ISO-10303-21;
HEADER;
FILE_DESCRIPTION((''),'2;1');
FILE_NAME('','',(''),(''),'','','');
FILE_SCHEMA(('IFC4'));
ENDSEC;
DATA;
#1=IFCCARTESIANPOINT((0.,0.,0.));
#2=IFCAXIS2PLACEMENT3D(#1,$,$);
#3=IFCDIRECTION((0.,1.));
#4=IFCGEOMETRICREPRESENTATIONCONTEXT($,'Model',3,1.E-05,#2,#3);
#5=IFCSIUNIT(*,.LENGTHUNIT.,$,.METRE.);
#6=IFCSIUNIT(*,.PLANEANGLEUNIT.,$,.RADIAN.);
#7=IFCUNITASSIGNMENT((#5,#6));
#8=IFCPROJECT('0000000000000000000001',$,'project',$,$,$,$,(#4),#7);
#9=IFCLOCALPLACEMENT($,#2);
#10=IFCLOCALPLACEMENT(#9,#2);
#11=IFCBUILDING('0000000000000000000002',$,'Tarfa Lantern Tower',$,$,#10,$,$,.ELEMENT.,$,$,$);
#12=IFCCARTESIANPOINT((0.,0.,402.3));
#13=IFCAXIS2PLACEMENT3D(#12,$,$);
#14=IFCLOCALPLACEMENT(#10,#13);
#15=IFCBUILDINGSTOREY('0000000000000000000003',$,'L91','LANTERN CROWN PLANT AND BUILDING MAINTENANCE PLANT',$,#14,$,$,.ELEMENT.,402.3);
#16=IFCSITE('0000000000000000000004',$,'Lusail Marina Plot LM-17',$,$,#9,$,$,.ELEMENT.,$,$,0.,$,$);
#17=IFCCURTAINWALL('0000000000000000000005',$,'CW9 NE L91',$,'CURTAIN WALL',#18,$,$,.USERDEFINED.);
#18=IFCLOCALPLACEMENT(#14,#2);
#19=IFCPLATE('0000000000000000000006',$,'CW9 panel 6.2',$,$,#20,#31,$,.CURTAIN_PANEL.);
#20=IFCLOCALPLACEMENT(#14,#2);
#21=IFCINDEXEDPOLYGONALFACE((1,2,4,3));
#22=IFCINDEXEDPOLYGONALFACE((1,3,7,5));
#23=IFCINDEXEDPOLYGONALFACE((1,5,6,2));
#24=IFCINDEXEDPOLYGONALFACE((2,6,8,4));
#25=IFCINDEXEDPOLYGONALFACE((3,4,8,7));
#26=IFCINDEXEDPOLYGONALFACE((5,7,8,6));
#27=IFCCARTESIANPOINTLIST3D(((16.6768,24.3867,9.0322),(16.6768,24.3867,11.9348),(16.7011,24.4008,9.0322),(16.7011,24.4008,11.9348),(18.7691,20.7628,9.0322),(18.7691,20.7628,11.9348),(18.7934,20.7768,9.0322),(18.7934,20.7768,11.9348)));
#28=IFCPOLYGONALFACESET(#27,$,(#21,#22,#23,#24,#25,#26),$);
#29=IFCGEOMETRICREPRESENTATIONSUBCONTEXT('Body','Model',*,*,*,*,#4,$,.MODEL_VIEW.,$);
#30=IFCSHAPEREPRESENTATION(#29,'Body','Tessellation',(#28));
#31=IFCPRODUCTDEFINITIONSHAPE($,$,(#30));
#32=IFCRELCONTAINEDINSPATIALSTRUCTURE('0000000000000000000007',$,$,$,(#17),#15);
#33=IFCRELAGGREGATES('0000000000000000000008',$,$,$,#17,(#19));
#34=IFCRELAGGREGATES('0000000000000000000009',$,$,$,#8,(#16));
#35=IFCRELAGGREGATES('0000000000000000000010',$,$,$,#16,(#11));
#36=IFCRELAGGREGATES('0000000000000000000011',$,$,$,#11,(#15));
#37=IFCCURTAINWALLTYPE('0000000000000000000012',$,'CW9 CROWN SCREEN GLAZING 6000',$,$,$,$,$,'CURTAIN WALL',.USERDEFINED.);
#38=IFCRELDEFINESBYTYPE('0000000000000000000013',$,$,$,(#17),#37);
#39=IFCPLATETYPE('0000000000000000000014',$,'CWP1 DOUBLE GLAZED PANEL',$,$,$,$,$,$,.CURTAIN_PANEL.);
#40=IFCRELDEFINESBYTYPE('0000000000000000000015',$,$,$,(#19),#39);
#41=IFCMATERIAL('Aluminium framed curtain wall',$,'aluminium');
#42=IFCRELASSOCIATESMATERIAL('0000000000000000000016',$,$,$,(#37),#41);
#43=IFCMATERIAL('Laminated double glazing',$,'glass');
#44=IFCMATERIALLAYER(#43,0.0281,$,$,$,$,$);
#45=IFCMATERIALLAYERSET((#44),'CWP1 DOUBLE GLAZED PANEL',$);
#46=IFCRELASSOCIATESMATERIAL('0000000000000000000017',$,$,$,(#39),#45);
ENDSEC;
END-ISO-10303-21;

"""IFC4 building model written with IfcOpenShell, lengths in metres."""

from ifc_helpers import new_model, si_unit, direction, frame, origin, origin_2d, place, context, subcontext, project, spatial, rectangle, extrude, material, layer, layer_set, type_object, element, aggregate, save


model = new_model("IFC4")

# Units and contexts
model_context = context("Model", 3, precision=1e-05, world=origin(), true_north=direction((0.0, 1.0)))
body_context = subcontext(model_context, "Body", "Model", "MODEL_VIEW")
ifc_project = project(units=[si_unit("LENGTHUNIT", "METRE"), si_unit("PLANEANGLEUNIT", "RADIAN")], contexts=[model_context])

# Site, building, storey
site_placement = place(None, origin())
site = spatial("IfcSite", under=ifc_project, at=site_placement, Name="Lusail Marina Plot LM-17", CompositionType="ELEMENT", RefElevation=0.0)
building_placement = place(site_placement, origin())
building = spatial("IfcBuilding", under=site, at=building_placement, Name="Tarfa Lantern Tower", CompositionType="ELEMENT")
storey_placement = place(building_placement, frame((0.0, 0.0, 402.3)))
storey = spatial("IfcBuildingStorey", under=building, at=storey_placement, Name="L91", Description="LANTERN CROWN PLANT AND BUILDING MAINTENANCE PLANT", CompositionType="ELEMENT", Elevation=402.3)

# Curtain wall
ifc_material_1 = material(Name="Aluminium framed curtain wall", Category="aluminium")
curtain_wall_type_1 = type_object("IfcCurtainWallType", Name="CW9 CROWN SCREEN GLAZING 6000", ElementType="CURTAIN WALL", PredefinedType="USERDEFINED", material=ifc_material_1)
curtain_wall_1_placement = place(storey_placement, origin())
curtain_wall_1 = element("IfcCurtainWall", 1, at=curtain_wall_1_placement, inside=storey, type_object=curtain_wall_type_1, Name="CW9 NE L91", ObjectType="CURTAIN WALL", PredefinedType="USERDEFINED")

# Plate
ifc_material_2 = material(Name="Laminated double glazing", Category="glass")
ifc_layer = layer(ifc_material_2, 0.0281)
ifc_layer_set = layer_set([ifc_layer], Name="CWP1 DOUBLE GLAZED PANEL")
plate_type = type_object("IfcPlateType", Name="CWP1 DOUBLE GLAZED PANEL", PredefinedType="CURTAIN_PANEL", material=ifc_layer_set)
plate_1_placement = place(storey_placement, frame((17.7351, 22.5818, 9.0322), z_axis=(0.0, 0.0, 1.0), x_axis=(-0.5, 0.866025, 0.0)))
plate_1 = element("IfcPlate", 2, at=plate_1_placement, type_object=plate_type, Name="CW9 panel 6.2", PredefinedType="CURTAIN_PANEL", context=body_context, shape_type="SweptSolid", body=[
    extrude(rectangle(XDim=4.1846, YDim=0.0281, at=origin_2d()), origin(), (0.0, 0.0, 1.0), 2.9026),
])
aggregate(curtain_wall_1, [plate_1])

save(model, "model.ifc")
